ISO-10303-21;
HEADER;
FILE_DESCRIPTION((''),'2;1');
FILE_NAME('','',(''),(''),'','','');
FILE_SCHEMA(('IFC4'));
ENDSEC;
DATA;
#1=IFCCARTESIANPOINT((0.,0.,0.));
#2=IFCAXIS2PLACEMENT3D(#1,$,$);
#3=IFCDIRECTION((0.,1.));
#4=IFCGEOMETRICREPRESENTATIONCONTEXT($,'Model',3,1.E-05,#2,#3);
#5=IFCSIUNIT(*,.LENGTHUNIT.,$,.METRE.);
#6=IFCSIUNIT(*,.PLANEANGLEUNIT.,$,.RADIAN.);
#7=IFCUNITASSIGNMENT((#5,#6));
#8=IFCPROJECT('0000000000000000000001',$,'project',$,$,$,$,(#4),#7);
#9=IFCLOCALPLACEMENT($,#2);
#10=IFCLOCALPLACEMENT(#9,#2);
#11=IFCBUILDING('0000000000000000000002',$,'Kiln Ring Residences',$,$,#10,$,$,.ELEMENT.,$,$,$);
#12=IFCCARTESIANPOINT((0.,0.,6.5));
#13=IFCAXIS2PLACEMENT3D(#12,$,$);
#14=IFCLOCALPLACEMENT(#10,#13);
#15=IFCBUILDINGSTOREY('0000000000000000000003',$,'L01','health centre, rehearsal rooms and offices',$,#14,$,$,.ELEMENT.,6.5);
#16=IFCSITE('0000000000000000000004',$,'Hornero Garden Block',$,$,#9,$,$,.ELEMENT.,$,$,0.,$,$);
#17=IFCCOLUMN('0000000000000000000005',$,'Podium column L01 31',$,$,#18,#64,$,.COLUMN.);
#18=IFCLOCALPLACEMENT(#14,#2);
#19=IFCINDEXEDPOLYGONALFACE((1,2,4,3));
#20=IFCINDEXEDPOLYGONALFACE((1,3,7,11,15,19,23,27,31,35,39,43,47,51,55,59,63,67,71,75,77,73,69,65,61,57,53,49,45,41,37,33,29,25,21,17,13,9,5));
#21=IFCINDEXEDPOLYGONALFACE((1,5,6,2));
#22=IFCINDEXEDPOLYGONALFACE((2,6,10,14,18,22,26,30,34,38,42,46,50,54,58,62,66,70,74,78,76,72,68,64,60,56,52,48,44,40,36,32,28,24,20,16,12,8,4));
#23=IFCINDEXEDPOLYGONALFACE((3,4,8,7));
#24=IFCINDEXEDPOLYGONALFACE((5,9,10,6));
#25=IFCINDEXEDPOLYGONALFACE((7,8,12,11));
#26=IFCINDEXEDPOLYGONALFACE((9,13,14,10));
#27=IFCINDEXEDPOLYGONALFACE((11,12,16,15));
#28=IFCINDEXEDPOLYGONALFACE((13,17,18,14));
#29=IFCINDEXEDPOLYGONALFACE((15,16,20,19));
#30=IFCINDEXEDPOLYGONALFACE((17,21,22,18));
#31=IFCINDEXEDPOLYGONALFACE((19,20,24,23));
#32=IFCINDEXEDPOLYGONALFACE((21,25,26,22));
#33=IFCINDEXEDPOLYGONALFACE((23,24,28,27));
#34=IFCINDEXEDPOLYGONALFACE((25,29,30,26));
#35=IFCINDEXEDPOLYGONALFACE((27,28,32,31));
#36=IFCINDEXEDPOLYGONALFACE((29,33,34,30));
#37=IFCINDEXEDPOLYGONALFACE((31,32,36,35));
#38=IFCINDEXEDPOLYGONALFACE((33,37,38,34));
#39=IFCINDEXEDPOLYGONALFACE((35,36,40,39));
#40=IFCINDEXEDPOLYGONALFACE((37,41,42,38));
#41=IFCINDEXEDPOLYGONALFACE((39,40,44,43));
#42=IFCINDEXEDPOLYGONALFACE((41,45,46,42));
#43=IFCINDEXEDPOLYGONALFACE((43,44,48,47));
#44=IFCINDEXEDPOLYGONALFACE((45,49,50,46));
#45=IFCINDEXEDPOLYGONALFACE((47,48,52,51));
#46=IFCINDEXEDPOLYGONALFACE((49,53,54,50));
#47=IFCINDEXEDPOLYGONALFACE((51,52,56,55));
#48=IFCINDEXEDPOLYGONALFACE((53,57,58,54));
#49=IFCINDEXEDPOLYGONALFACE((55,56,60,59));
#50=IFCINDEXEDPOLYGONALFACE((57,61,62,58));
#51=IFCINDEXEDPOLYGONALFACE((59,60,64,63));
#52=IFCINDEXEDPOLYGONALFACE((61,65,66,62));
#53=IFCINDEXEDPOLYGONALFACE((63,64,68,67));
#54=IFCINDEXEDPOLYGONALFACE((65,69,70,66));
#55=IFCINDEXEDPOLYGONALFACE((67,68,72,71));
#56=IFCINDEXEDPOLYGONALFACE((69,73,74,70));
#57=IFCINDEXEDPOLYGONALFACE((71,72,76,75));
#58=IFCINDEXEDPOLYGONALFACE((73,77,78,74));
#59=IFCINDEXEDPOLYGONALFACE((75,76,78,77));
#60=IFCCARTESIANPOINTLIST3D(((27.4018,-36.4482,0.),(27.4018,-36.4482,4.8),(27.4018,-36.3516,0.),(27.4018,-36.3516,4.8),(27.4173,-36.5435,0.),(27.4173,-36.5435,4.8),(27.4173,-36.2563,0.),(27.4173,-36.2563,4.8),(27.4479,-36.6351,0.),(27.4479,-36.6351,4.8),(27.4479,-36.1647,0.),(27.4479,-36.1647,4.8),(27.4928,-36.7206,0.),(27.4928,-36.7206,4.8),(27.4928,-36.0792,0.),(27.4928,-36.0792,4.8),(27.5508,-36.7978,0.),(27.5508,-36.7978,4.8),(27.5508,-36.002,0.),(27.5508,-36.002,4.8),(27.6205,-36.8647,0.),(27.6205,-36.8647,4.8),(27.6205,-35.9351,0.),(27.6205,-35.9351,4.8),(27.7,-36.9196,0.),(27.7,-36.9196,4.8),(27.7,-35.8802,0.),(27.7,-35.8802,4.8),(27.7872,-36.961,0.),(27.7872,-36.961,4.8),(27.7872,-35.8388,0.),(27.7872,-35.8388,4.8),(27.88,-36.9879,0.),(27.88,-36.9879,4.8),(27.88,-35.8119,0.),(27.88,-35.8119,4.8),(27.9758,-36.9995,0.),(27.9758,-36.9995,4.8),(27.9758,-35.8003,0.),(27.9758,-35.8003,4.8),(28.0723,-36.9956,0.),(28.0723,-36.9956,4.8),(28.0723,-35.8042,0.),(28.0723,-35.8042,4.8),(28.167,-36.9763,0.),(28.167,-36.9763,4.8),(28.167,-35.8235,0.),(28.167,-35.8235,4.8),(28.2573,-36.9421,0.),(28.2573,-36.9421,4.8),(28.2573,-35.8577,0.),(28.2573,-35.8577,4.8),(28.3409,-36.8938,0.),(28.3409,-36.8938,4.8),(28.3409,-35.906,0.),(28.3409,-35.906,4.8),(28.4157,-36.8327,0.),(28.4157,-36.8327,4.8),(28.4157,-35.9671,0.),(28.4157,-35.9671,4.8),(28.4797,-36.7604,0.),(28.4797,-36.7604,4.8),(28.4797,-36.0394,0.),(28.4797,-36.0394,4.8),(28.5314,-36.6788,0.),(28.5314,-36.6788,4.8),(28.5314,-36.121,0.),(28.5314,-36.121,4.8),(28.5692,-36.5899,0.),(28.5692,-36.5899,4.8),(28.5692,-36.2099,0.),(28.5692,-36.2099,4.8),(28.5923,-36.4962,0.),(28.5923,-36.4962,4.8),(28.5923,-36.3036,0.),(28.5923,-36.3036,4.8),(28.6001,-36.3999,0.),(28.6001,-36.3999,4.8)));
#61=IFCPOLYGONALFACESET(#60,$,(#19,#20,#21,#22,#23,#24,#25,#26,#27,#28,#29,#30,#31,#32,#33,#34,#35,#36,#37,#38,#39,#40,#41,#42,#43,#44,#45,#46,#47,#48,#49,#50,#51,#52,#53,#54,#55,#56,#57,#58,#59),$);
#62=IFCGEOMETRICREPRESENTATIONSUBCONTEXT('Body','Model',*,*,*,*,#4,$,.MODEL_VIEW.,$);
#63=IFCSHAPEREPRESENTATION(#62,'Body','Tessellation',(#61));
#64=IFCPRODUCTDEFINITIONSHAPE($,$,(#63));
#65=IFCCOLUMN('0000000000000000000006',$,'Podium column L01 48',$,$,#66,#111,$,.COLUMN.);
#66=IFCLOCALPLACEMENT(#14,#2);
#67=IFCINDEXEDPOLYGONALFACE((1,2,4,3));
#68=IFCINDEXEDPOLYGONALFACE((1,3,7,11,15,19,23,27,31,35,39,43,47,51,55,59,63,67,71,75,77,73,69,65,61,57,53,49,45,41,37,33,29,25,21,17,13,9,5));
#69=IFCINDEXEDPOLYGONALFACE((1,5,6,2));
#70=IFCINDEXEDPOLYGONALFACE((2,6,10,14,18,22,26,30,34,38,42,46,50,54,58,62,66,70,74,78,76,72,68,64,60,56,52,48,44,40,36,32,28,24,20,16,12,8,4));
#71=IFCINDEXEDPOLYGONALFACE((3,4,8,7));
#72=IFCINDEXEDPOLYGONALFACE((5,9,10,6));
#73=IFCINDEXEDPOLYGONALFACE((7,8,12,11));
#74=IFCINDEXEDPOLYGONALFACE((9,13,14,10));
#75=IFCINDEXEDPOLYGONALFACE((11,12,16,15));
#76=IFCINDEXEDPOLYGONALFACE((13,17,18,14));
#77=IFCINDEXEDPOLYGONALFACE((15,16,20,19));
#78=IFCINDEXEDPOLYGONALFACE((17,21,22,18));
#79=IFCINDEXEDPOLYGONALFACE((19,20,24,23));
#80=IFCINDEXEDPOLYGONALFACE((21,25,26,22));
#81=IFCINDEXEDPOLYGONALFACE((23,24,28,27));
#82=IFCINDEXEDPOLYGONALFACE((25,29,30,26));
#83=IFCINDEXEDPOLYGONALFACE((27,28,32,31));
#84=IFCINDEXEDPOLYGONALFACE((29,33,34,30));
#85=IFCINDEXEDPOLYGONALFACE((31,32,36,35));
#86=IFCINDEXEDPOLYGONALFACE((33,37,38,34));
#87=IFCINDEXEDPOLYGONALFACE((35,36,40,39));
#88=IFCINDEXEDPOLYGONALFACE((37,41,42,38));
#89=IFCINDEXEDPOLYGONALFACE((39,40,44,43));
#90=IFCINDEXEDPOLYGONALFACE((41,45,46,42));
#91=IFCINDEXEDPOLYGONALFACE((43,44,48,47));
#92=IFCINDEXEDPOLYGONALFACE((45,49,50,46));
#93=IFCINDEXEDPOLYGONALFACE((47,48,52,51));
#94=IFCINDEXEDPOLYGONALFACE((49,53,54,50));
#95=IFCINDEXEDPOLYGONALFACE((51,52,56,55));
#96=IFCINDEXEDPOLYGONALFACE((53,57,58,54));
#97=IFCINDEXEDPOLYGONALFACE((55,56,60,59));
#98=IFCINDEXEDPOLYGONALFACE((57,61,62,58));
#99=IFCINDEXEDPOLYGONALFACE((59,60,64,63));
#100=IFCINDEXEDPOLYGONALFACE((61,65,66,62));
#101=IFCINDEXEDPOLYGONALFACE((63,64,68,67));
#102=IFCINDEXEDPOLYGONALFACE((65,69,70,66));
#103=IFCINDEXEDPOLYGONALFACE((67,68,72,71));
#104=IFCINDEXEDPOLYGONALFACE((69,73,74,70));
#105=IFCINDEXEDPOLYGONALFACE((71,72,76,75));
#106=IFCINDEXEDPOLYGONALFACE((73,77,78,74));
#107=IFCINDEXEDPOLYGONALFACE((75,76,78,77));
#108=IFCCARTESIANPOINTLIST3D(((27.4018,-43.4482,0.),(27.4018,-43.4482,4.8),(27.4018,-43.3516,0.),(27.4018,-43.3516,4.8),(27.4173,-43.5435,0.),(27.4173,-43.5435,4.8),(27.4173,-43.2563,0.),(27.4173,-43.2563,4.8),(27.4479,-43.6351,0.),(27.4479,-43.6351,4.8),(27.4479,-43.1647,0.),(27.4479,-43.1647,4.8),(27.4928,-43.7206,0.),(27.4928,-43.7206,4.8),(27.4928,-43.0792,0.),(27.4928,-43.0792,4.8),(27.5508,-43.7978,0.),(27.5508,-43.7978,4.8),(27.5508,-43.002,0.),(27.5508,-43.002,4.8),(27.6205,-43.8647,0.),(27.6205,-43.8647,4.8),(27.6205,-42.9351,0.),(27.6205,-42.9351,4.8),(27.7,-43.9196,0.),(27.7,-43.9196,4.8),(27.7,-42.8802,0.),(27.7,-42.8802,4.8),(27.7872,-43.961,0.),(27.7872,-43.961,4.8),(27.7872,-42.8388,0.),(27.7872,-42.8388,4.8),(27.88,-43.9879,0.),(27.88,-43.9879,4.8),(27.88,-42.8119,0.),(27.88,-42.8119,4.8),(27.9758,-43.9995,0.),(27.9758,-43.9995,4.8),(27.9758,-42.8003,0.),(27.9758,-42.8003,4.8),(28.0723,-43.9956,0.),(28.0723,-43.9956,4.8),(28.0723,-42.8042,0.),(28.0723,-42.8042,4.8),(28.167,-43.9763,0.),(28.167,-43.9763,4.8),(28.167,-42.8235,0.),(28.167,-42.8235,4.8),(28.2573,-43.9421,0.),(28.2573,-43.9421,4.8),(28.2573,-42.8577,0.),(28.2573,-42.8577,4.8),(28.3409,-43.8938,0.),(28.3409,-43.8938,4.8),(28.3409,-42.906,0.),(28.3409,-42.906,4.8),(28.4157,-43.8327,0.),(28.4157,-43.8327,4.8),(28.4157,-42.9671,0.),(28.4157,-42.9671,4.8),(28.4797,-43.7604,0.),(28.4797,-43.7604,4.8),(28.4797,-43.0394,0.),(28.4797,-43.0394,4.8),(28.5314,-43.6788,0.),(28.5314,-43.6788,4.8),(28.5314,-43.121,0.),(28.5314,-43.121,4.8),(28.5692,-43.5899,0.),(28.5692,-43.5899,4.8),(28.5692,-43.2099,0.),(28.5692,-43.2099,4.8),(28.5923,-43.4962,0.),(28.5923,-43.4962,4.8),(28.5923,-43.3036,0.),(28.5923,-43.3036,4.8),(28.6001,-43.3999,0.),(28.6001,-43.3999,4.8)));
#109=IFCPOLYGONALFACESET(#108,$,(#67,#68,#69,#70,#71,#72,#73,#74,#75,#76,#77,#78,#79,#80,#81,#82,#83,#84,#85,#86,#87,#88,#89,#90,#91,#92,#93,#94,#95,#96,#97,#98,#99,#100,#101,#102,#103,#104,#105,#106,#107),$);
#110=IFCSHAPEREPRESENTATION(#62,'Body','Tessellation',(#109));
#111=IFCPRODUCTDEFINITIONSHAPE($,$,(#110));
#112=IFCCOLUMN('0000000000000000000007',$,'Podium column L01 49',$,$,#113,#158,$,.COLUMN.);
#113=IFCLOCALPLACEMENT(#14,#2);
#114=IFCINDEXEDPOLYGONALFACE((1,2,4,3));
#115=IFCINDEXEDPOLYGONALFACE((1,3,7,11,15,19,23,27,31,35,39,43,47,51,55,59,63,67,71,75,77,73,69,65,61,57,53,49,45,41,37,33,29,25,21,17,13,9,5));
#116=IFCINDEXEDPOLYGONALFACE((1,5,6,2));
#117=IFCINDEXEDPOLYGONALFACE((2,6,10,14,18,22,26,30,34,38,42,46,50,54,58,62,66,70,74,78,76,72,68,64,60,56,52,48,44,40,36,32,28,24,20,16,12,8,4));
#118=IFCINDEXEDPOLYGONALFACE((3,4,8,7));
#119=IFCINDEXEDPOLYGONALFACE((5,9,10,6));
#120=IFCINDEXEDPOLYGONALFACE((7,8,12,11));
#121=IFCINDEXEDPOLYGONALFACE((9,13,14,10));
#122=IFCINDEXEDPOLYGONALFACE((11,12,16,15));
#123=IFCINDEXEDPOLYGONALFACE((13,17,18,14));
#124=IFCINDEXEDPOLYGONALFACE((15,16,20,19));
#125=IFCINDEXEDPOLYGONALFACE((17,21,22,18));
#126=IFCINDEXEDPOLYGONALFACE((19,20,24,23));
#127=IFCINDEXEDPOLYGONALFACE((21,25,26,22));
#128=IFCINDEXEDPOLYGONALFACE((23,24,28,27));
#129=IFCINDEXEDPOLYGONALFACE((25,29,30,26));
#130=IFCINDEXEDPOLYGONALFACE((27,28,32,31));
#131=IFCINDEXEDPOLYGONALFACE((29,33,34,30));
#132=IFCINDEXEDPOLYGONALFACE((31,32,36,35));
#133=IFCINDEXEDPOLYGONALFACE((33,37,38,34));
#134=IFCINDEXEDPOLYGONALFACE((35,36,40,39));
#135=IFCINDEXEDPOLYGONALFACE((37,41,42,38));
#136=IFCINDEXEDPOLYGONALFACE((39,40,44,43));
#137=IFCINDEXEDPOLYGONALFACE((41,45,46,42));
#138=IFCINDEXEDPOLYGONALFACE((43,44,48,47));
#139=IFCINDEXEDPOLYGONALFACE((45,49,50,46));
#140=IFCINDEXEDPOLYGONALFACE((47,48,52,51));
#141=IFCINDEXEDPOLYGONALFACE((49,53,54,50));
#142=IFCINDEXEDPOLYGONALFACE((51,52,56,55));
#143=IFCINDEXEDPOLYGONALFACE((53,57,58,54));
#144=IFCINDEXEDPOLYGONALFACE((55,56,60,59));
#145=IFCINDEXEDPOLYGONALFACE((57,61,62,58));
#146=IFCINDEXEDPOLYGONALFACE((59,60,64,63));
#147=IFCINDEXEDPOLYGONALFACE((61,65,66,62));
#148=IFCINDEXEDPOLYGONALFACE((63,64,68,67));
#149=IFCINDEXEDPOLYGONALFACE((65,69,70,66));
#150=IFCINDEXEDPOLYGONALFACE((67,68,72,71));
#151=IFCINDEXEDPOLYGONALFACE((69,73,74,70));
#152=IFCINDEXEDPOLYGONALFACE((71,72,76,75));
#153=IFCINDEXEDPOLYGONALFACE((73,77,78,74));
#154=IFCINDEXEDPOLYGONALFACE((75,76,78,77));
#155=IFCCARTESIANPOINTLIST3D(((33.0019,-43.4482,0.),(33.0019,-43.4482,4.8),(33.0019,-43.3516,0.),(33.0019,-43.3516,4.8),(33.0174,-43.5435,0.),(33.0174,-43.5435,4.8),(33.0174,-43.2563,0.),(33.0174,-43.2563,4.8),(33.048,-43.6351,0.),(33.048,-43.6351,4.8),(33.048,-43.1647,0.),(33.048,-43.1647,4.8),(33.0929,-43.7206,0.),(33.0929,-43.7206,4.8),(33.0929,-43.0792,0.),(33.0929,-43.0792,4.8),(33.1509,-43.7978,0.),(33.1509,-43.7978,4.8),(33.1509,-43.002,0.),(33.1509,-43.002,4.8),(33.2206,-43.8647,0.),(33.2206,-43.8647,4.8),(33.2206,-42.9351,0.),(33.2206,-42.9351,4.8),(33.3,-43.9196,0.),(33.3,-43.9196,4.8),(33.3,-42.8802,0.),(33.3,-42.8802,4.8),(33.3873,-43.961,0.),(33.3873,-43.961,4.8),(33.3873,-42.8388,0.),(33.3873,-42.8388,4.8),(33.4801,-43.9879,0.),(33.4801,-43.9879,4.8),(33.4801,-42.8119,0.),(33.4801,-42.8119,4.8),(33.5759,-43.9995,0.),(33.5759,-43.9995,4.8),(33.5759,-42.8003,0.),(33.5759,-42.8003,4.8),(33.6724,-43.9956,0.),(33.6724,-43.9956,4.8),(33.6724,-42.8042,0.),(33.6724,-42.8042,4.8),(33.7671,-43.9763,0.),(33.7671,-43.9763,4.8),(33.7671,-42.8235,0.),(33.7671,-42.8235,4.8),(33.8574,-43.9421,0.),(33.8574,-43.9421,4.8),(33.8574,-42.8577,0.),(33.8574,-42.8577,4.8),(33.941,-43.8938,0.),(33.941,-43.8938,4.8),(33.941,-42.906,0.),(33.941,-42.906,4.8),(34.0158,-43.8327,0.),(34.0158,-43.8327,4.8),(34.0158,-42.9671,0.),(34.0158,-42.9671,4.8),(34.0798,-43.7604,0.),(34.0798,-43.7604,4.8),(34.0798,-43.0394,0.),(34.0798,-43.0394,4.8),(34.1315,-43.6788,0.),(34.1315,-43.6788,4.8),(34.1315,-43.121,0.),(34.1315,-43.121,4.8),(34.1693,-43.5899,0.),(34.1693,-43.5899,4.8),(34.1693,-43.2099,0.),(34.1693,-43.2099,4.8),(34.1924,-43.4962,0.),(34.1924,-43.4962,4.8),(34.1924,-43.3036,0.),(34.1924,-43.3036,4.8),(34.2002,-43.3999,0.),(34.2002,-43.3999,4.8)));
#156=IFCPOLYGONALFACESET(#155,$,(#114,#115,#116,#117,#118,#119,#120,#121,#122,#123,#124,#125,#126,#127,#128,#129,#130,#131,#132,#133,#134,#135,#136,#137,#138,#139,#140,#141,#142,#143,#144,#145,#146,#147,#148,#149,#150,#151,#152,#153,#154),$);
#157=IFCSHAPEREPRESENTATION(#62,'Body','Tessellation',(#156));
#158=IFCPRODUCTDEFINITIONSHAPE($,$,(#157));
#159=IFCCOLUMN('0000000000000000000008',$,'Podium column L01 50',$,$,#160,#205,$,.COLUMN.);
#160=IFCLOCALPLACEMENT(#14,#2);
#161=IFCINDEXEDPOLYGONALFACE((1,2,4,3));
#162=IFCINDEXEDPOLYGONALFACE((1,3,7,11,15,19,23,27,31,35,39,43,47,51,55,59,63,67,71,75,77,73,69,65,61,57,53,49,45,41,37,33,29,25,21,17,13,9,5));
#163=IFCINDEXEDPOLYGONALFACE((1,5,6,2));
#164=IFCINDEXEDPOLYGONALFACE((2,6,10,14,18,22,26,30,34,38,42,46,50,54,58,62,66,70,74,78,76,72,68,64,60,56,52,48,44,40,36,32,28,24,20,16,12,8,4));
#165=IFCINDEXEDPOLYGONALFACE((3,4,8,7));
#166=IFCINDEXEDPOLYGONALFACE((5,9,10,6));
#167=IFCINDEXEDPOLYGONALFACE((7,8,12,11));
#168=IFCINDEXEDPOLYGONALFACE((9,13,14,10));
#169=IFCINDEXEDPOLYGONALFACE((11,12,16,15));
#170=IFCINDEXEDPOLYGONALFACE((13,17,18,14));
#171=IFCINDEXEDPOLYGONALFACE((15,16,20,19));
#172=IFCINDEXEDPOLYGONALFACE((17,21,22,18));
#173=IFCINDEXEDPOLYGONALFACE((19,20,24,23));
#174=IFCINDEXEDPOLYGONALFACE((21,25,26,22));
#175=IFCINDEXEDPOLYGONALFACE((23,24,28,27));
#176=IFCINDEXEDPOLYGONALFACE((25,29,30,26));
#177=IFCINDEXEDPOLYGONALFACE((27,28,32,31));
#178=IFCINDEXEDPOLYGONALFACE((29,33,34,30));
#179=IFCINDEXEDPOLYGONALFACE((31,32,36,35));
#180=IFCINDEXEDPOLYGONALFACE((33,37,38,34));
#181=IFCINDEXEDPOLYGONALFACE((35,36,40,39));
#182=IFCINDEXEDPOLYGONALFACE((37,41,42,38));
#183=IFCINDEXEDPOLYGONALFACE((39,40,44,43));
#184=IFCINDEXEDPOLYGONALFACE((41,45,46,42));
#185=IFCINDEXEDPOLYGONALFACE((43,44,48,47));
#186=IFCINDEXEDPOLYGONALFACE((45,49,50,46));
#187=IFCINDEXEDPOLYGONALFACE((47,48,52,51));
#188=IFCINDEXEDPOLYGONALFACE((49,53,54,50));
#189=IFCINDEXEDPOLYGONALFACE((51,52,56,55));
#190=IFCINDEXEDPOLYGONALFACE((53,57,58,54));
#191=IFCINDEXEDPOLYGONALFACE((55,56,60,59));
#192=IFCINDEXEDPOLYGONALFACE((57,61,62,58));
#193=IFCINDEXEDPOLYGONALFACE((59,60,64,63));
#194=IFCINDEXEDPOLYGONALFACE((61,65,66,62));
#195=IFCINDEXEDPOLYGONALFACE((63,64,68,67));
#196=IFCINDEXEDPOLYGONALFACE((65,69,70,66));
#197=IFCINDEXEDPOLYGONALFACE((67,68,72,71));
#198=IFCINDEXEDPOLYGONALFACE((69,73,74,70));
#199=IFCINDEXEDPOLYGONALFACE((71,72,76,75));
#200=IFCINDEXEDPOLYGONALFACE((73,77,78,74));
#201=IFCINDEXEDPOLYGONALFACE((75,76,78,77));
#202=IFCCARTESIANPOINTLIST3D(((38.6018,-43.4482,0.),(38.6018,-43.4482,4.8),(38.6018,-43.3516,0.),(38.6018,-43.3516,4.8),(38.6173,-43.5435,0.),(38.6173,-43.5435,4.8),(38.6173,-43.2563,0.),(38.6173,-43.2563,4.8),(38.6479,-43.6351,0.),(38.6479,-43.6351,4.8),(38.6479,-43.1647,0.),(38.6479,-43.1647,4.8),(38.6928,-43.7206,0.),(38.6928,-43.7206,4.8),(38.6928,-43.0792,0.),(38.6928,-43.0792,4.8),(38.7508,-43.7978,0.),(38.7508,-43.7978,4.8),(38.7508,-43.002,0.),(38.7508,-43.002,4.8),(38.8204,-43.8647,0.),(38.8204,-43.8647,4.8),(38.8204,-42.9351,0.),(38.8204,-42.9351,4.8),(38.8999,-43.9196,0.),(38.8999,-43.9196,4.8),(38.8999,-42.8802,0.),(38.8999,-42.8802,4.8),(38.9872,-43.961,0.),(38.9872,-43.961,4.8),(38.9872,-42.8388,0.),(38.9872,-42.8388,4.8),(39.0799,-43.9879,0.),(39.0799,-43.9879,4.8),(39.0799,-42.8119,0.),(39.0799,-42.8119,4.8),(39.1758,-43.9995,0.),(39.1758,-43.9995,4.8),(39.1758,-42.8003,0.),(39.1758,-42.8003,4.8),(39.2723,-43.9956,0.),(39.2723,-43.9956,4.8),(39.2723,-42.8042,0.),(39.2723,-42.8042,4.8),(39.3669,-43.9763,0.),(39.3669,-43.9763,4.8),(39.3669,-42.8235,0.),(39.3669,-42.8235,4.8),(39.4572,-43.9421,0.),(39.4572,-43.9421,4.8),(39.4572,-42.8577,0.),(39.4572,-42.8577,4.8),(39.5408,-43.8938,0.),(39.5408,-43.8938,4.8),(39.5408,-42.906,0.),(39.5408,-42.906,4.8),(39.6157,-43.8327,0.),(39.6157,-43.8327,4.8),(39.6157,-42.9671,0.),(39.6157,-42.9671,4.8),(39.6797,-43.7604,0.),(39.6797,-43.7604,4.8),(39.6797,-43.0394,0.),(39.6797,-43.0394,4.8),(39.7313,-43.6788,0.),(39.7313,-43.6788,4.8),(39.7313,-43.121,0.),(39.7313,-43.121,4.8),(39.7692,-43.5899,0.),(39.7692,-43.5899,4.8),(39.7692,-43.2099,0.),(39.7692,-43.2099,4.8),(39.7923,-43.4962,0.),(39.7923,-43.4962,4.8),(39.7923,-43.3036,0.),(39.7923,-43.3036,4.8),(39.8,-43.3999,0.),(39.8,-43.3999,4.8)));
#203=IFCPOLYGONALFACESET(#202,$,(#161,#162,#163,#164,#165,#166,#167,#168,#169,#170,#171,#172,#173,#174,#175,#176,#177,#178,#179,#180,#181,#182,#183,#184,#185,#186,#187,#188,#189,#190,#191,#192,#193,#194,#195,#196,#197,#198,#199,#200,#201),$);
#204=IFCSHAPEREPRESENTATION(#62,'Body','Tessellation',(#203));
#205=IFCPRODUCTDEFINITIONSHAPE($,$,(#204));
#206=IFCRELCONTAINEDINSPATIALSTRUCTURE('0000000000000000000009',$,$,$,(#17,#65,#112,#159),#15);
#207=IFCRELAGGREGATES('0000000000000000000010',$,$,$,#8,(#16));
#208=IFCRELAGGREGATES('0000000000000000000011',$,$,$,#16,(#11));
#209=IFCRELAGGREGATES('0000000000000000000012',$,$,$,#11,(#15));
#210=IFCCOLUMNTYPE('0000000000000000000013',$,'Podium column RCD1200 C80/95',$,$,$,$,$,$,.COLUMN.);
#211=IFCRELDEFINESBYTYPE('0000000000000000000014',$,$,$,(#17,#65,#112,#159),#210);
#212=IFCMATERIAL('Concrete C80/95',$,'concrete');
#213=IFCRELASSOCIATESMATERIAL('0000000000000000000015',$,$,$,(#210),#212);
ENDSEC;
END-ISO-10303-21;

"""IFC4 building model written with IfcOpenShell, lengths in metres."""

from ifc_helpers import new_model, si_unit, direction, frame, origin, origin_2d, place, context, subcontext, project, spatial, circle, extrude, material, material_profile, profile_set, type_object, element, save


model = new_model("IFC4")

# Units and contexts
model_context = context("Model", 3, precision=1e-05, world=origin(), true_north=direction((0.0, 1.0)))
body_context = subcontext(model_context, "Body", "Model", "MODEL_VIEW")
ifc_project = project(units=[si_unit("LENGTHUNIT", "METRE"), si_unit("PLANEANGLEUNIT", "RADIAN")], contexts=[model_context])

# Site, building, storey
site_placement = place(None, origin())
site = spatial("IfcSite", under=ifc_project, at=site_placement, Name="Hornero Garden Block", CompositionType="ELEMENT", RefElevation=0.0)
building_placement = place(site_placement, origin())
building = spatial("IfcBuilding", under=site, at=building_placement, Name="Kiln Ring Residences", CompositionType="ELEMENT")
storey_placement = place(building_placement, frame((0.0, 0.0, 6.5)))
storey = spatial("IfcBuildingStorey", under=building, at=storey_placement, Name="L01", Description="health centre, rehearsal rooms and offices", CompositionType="ELEMENT", Elevation=6.5)

# Columns
ifc_material_1 = material(Name="Concrete C80/95", Category="concrete")
ifc_material_profile_1 = material_profile(ifc_material_1, circle(Radius=0.6001, at=origin_2d()), Name="RCD1200")
ifc_profile_set_1 = profile_set([ifc_material_profile_1], Name="Concrete C80/95")
column_type = type_object("IfcColumnType", Name="Podium column RCD1200 C80/95", PredefinedType="COLUMN", material=ifc_profile_set_1)
for number, where, z_axis, x_axis, name in (
    (1, (28.0, -36.3999, 0.0), (0.0, 0.0, 1.0), (1.0, 0.0, 0.0), "Podium column L01 31"),
    (2, (28.0, -43.3999, 0.0), (0.0, 0.0, 1.0), (1.0, 0.0, 0.0), "Podium column L01 48"),
    (3, (33.6001, -43.3999, 0.0), (0.0, 0.0, 1.0), (1.0, 0.0, 0.0), "Podium column L01 49"),
    (4, (39.2, -43.3999, 0.0), (0.0, 0.0, 1.0), (1.0, 0.0, 0.0), "Podium column L01 50"),
):
    element("IfcColumn", number, at=place(storey_placement, frame(where, z_axis=z_axis, x_axis=x_axis)), inside=storey, type_object=column_type, Name=name, PredefinedType="COLUMN", context=body_context, shape_type="SweptSolid", body=[
        extrude(circle(Radius=0.6001, at=origin_2d()), origin(), (0.0, 0.0, 1.0), 4.8),
    ])

save(model, "model.ifc")
